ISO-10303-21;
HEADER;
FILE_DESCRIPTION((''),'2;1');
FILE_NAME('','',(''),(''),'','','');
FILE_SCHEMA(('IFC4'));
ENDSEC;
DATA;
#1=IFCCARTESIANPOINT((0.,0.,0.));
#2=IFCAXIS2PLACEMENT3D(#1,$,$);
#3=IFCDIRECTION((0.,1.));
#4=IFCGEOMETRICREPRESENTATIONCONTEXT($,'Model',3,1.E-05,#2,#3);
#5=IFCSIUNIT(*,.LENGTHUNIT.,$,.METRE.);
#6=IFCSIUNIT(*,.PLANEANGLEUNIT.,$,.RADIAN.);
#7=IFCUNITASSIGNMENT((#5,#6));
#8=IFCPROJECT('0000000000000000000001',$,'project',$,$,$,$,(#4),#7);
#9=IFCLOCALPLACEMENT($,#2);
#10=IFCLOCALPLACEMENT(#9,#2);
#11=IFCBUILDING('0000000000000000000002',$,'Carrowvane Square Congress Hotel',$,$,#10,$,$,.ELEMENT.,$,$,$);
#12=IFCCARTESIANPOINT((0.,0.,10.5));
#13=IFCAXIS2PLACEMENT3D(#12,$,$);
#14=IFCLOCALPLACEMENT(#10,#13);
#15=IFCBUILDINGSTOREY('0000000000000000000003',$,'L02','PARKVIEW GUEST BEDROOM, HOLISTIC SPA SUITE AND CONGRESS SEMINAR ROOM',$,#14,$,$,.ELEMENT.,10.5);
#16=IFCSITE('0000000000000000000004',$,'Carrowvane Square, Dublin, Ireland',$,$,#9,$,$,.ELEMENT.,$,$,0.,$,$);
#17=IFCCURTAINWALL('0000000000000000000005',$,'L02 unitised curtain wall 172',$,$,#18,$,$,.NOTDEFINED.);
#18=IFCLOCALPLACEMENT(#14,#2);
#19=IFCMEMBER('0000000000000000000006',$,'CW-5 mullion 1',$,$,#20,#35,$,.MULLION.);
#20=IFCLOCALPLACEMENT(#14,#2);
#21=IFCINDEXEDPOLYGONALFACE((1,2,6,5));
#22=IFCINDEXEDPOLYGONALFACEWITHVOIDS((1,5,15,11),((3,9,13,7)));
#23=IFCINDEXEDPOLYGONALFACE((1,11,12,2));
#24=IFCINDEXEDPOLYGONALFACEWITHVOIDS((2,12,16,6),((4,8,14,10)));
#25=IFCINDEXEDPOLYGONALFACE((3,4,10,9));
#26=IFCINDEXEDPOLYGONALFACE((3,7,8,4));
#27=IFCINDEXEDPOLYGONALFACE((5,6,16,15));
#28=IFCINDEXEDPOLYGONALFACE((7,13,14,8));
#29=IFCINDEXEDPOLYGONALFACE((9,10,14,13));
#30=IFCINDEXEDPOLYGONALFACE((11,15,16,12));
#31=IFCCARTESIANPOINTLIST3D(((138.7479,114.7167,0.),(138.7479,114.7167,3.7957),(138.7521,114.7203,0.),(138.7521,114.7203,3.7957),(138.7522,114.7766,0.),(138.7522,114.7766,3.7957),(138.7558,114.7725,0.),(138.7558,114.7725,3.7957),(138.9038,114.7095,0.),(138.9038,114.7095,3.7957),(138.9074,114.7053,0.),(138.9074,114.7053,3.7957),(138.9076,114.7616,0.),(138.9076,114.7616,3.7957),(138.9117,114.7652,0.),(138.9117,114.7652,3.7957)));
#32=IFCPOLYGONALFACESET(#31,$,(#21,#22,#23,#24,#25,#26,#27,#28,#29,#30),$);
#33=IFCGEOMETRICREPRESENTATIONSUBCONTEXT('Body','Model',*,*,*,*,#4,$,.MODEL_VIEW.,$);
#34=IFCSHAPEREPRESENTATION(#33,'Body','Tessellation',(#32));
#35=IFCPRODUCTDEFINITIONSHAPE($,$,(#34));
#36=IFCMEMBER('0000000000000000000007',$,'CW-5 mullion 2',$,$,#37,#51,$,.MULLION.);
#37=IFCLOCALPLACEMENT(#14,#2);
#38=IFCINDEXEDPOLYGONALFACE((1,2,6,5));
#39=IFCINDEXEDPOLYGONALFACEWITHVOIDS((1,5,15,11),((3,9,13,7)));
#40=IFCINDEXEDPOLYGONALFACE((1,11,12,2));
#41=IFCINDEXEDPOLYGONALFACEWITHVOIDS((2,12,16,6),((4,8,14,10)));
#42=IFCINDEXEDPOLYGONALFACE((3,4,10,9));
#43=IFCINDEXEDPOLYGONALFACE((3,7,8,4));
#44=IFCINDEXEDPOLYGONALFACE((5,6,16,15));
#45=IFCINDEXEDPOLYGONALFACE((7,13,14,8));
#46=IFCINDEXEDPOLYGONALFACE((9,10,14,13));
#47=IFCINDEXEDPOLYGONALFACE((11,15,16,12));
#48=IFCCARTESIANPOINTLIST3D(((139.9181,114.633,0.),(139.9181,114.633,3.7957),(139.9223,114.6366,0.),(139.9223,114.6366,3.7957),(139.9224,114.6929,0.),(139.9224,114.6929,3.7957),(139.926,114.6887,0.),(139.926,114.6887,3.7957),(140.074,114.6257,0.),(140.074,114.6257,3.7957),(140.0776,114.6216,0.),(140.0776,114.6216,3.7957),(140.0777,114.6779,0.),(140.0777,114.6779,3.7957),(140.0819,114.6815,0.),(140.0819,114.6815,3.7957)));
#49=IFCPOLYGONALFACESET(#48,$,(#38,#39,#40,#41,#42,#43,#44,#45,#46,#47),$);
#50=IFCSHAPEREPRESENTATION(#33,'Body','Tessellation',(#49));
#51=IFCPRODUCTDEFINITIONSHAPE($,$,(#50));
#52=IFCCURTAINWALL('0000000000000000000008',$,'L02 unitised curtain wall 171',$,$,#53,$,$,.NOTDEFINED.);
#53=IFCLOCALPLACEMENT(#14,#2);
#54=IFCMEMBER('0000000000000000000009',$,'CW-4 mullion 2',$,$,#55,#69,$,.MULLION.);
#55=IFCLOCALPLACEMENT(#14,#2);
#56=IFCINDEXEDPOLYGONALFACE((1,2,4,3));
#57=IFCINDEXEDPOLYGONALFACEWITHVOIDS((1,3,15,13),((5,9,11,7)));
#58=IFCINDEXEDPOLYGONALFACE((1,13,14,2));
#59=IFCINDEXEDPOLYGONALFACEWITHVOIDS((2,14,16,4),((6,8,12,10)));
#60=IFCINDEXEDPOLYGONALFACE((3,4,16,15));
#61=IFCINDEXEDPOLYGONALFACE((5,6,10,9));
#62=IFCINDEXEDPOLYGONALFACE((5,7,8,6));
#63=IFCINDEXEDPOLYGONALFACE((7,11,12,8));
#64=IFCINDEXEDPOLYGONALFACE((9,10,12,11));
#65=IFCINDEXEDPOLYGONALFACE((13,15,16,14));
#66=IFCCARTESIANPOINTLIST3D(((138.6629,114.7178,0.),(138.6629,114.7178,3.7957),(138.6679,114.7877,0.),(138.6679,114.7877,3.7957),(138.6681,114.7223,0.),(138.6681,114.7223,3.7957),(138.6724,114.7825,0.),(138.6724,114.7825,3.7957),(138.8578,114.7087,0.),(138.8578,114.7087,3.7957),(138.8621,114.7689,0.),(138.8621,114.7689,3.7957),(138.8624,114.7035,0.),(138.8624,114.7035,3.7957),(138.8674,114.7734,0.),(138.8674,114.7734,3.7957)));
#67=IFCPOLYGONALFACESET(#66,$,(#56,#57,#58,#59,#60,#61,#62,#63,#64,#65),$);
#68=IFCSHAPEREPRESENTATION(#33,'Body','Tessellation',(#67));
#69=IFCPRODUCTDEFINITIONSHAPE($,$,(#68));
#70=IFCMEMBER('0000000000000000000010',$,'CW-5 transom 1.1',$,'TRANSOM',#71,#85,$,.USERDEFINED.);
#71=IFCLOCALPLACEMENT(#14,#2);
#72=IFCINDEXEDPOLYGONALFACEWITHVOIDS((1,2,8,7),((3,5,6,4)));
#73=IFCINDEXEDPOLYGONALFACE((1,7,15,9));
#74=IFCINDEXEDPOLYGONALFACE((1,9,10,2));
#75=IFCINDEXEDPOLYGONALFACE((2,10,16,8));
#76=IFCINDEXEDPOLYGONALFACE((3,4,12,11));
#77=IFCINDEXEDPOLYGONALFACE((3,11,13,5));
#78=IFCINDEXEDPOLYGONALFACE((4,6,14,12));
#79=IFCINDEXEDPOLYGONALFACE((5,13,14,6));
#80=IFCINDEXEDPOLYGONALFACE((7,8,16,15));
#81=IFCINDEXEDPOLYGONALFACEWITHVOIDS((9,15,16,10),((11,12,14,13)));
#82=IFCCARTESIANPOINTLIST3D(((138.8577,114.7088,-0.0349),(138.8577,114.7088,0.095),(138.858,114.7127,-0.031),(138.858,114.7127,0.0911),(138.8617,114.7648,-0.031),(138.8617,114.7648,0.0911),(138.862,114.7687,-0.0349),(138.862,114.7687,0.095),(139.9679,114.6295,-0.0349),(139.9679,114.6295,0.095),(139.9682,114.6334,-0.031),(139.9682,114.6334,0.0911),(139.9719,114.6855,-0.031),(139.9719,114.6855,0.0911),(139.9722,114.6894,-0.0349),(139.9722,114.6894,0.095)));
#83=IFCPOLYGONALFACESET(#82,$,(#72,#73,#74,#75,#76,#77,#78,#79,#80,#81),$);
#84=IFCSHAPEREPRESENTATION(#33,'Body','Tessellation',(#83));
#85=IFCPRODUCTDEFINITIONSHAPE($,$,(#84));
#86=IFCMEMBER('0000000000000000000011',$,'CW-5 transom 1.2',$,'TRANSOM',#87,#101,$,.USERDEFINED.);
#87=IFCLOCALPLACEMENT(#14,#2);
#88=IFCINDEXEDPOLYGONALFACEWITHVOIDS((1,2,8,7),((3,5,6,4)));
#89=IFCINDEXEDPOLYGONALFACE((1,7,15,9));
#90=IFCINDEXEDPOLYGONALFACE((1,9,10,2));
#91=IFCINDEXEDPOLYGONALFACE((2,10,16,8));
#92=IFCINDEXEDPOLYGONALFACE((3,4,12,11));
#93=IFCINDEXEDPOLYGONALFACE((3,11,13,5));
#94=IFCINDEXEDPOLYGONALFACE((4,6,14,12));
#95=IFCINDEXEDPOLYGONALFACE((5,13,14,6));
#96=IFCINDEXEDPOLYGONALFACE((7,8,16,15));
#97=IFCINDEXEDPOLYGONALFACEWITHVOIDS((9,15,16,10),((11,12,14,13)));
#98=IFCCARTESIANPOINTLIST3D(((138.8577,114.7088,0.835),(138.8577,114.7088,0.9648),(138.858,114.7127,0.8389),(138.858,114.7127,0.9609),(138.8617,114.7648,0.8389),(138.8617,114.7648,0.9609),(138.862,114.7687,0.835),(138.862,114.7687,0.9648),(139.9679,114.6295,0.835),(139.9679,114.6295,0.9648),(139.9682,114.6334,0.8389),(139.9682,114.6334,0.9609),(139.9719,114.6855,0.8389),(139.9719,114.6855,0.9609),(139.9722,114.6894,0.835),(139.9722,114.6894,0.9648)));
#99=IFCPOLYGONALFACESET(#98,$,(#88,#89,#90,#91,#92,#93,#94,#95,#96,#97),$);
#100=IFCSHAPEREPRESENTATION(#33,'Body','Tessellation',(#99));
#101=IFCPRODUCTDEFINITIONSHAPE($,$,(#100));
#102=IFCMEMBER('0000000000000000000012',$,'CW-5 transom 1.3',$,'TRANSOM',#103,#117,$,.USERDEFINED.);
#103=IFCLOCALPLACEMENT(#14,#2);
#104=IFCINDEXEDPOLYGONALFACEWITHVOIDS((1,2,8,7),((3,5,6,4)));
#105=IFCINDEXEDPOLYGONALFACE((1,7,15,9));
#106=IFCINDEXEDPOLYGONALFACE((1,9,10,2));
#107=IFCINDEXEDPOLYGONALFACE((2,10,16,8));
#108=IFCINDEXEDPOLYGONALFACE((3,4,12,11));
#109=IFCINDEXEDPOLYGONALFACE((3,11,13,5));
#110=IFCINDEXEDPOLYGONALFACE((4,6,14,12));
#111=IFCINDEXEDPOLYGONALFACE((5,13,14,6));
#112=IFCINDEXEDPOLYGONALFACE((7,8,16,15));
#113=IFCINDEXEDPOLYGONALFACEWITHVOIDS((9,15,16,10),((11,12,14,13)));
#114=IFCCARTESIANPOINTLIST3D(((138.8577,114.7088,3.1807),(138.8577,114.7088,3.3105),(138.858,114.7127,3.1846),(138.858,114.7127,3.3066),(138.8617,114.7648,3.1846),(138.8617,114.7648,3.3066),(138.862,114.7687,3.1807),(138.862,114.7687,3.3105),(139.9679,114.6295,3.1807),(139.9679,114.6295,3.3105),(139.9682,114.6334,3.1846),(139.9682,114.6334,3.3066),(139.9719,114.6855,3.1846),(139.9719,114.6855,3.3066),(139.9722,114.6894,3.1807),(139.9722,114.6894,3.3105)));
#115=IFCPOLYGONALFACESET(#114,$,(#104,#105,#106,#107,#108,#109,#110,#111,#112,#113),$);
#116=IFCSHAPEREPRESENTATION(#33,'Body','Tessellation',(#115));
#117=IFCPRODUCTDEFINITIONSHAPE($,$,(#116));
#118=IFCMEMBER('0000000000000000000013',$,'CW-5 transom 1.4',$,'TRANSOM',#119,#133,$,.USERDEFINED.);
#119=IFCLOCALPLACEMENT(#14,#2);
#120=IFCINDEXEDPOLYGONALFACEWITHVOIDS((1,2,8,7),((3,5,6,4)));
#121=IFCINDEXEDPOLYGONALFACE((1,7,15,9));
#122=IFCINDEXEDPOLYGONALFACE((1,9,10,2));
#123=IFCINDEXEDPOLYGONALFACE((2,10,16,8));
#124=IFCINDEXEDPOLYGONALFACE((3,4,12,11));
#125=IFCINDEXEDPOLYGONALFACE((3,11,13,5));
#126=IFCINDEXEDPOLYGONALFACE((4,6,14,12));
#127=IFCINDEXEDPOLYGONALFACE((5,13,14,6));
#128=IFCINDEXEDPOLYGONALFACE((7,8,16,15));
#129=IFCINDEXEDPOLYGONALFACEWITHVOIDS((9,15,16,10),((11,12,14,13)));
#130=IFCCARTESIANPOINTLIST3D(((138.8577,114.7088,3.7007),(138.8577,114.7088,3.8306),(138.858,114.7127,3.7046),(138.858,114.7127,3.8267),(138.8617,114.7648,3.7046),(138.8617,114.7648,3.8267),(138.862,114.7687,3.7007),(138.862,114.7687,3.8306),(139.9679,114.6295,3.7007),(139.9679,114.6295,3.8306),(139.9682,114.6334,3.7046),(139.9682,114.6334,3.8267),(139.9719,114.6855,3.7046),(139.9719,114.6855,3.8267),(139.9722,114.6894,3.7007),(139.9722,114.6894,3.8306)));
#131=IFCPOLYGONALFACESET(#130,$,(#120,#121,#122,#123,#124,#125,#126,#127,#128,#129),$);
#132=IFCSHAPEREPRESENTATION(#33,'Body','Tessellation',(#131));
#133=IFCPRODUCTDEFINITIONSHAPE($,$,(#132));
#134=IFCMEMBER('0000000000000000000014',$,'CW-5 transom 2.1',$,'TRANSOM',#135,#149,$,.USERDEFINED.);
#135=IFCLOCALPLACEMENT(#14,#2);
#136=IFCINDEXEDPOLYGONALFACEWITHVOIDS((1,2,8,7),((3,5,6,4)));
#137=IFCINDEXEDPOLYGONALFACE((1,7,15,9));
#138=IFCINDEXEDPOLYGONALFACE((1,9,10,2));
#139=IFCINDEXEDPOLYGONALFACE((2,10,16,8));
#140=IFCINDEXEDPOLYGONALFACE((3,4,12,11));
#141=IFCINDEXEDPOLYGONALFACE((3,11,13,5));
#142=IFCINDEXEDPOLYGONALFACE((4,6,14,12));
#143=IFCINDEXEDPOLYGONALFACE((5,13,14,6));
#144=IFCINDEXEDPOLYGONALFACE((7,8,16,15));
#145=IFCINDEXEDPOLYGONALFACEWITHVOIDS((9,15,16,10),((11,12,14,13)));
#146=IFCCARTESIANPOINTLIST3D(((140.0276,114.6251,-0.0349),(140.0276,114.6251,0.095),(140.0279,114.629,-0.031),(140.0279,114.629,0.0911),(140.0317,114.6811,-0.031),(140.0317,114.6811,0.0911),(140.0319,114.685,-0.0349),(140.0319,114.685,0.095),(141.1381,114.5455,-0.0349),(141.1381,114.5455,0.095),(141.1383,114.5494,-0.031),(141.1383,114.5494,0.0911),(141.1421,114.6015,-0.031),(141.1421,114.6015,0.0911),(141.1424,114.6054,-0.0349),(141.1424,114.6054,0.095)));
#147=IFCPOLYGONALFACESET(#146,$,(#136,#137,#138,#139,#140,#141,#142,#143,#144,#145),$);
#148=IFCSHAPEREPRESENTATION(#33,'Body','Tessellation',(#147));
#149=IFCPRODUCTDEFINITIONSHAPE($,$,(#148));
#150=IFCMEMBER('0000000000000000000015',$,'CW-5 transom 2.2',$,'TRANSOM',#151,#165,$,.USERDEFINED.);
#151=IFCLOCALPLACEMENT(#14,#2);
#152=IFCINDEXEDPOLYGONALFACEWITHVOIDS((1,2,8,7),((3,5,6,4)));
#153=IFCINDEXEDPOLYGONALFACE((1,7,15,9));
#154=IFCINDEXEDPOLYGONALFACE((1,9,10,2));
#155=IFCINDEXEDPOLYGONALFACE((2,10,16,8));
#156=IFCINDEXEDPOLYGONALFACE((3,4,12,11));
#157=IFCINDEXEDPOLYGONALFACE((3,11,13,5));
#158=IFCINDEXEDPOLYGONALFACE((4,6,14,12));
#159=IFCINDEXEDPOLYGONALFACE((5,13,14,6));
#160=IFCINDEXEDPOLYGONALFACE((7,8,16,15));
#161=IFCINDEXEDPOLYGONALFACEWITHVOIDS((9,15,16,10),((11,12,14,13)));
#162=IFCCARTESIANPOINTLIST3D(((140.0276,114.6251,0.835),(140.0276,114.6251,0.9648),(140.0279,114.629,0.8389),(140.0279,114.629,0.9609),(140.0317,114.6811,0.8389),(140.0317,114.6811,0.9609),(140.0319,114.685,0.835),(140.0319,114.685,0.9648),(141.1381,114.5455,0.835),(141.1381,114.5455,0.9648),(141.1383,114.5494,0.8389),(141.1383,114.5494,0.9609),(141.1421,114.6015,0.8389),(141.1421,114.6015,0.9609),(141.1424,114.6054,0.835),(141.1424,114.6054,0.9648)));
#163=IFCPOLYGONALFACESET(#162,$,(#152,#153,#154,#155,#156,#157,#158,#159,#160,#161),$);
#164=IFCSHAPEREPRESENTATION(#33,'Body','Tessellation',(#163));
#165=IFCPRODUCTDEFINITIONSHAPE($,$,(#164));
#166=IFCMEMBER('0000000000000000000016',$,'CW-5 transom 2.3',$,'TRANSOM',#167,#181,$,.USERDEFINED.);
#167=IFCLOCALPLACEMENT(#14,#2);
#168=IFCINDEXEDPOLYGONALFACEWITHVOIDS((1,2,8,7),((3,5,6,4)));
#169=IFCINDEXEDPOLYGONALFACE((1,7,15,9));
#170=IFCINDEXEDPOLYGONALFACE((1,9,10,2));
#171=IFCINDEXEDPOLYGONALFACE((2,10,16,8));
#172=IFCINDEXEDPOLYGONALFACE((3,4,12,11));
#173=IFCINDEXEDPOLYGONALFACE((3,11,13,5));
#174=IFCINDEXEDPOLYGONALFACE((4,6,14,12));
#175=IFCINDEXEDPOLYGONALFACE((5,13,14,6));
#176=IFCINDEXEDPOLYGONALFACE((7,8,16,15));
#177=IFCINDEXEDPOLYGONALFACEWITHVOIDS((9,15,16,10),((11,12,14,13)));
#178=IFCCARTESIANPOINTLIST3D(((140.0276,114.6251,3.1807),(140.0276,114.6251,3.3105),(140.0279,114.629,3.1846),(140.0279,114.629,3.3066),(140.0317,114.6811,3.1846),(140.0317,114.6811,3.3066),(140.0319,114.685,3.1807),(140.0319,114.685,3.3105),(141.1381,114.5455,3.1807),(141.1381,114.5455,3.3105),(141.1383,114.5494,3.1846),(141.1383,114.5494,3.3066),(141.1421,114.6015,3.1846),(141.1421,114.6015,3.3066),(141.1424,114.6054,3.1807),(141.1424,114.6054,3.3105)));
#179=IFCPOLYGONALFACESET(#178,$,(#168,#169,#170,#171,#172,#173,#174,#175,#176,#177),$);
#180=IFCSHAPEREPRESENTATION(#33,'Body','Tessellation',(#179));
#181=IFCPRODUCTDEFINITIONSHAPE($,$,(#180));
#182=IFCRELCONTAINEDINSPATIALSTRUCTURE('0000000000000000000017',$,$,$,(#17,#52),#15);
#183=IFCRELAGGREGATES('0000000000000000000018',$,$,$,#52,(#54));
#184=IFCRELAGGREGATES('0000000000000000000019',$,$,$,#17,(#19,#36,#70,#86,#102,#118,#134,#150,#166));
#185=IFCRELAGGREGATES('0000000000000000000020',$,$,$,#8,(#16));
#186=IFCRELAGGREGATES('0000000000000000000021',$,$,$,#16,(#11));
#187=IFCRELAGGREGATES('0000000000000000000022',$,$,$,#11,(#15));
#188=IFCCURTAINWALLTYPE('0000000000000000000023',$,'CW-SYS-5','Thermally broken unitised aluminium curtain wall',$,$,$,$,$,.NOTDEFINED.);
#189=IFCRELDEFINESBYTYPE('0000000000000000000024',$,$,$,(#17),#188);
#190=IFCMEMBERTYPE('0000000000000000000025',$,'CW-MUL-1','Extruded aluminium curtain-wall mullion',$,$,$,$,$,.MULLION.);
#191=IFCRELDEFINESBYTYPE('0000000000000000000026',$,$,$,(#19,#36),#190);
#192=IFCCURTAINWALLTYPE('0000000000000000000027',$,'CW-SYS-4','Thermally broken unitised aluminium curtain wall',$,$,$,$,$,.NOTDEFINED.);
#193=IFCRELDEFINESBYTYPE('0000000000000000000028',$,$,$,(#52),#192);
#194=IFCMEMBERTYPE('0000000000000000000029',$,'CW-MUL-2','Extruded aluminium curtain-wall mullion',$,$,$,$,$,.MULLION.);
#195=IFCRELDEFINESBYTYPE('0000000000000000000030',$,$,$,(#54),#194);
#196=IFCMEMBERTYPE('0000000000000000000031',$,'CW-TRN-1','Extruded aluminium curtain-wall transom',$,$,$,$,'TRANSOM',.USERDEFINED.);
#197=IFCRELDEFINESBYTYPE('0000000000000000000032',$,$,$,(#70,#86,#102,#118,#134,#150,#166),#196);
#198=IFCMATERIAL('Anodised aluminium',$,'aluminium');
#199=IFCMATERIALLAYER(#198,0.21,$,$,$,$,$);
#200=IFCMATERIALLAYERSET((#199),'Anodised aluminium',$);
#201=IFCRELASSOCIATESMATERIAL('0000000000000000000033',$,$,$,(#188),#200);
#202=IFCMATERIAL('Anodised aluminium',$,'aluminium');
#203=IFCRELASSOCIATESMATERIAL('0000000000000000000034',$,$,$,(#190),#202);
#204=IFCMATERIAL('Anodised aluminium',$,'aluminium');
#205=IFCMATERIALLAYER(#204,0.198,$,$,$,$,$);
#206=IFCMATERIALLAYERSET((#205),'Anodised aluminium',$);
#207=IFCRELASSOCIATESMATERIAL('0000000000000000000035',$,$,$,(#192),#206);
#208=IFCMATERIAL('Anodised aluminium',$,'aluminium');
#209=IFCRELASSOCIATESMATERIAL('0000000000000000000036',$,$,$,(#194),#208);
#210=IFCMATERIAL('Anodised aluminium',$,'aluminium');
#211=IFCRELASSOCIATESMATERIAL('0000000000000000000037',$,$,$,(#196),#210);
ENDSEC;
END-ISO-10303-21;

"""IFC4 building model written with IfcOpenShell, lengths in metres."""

from ifc_helpers import new_model, si_unit, direction, frame, origin, origin_2d, place, context, subcontext, project, spatial, hollow_rectangle, extrude, material, layer, layer_set, material_profile, profile_set, type_object, element, aggregate, save


model = new_model("IFC4")

# Units and contexts
model_context = context("Model", 3, precision=1e-05, world=origin(), true_north=direction((0.0, 1.0)))
body_context = subcontext(model_context, "Body", "Model", "MODEL_VIEW")
ifc_project = project(units=[si_unit("LENGTHUNIT", "METRE"), si_unit("PLANEANGLEUNIT", "RADIAN")], contexts=[model_context])

# Site, building, storey
site_placement = place(None, origin())
site = spatial("IfcSite", under=ifc_project, at=site_placement, Name="Carrowvane Square, Dublin, Ireland", CompositionType="ELEMENT", RefElevation=0.0)
building_placement = place(site_placement, origin())
building = spatial("IfcBuilding", under=site, at=building_placement, Name="Carrowvane Square Congress Hotel", CompositionType="ELEMENT")
storey_placement = place(building_placement, frame((0.0, 0.0, 10.5)))
storey = spatial("IfcBuildingStorey", under=building, at=storey_placement, Name="L02", Description="PARKVIEW GUEST BEDROOM, HOLISTIC SPA SUITE AND CONGRESS SEMINAR ROOM", CompositionType="ELEMENT", Elevation=10.5)

# Curtain wall, members
ifc_material_1 = material(Name="Anodised aluminium", Category="aluminium")
ifc_layer_1 = layer(ifc_material_1, 0.21)
ifc_layer_set_1 = layer_set([ifc_layer_1], Name="Anodised aluminium")
curtain_wall_type_1 = type_object("IfcCurtainWallType", Name="CW-SYS-5", Description="Thermally broken unitised aluminium curtain wall", PredefinedType="NOTDEFINED", material=ifc_layer_set_1)
curtain_wall_1_placement = place(storey_placement, origin())
curtain_wall_1 = element("IfcCurtainWall", 1, at=curtain_wall_1_placement, inside=storey, type_object=curtain_wall_type_1, Name="L02 unitised curtain wall 172", PredefinedType="NOTDEFINED")
ifc_material_2 = material(Name="Anodised aluminium", Category="aluminium")
ifc_material_profile_1 = material_profile(ifc_material_2, hollow_rectangle(XDim=0.0601, YDim=0.1599, WallThickness=0.0039, at=origin_2d()), Name="CW-ML 60x160x4")
ifc_profile_set_1 = profile_set([ifc_material_profile_1], Name="Anodised aluminium")
member_type_1 = type_object("IfcMemberType", Name="CW-MUL-1", Description="Extruded aluminium curtain-wall mullion", PredefinedType="MULLION", material=ifc_profile_set_1)
member_1_placement = place(storey_placement, frame((138.8298, 114.741, 0.0), z_axis=(0.0, 0.0, 1.0), x_axis=(0.071422, 0.997446, 0.0)))
member_1 = element("IfcMember", 2, at=member_1_placement, type_object=member_type_1, Name="CW-5 mullion 1", PredefinedType="MULLION", context=body_context, shape_type="SweptSolid", body=[
    extrude(hollow_rectangle(XDim=0.0601, YDim=0.1599, WallThickness=0.0039, at=origin_2d()), origin(), (0.0, 0.0, 1.0), 3.7957),
])
member_2_placement = place(storey_placement, frame((140.0, 114.6572, 0.0), z_axis=(0.0, 0.0, 1.0), x_axis=(0.071422, 0.997446, 0.0)))
member_2 = element("IfcMember", 3, at=member_2_placement, type_object=member_type_1, Name="CW-5 mullion 2", PredefinedType="MULLION", context=body_context, shape_type="SweptSolid", body=[
    extrude(hollow_rectangle(XDim=0.0601, YDim=0.1599, WallThickness=0.0039, at=origin_2d()), origin(), (0.0, 0.0, 1.0), 3.7957),
])

# Curtain wall, member
ifc_material_3 = material(Name="Anodised aluminium", Category="aluminium")
ifc_layer_2 = layer(ifc_material_3, 0.198)
ifc_layer_set_2 = layer_set([ifc_layer_2], Name="Anodised aluminium")
curtain_wall_type_2 = type_object("IfcCurtainWallType", Name="CW-SYS-4", Description="Thermally broken unitised aluminium curtain wall", PredefinedType="NOTDEFINED", material=ifc_layer_set_2)
curtain_wall_2_placement = place(storey_placement, origin())
curtain_wall_2 = element("IfcCurtainWall", 4, at=curtain_wall_2_placement, inside=storey, type_object=curtain_wall_type_2, Name="L02 unitised curtain wall 171", PredefinedType="NOTDEFINED")
ifc_material_4 = material(Name="Anodised aluminium", Category="aluminium")
ifc_material_profile_2 = material_profile(ifc_material_4, hollow_rectangle(XDim=0.0701, YDim=0.2, WallThickness=0.0049, at=origin_2d()), Name="CW-ML 70x200x5")
ifc_profile_set_2 = profile_set([ifc_material_profile_2], Name="Anodised aluminium")
member_type_2 = type_object("IfcMemberType", Name="CW-MUL-2", Description="Extruded aluminium curtain-wall mullion", PredefinedType="MULLION", material=ifc_profile_set_2)
member_3_placement = place(storey_placement, frame((138.7651, 114.7456, 0.0), z_axis=(0.0, 0.0, 1.0), x_axis=(0.071532, 0.997438, 0.0)))
member_3 = element("IfcMember", 5, at=member_3_placement, type_object=member_type_2, Name="CW-4 mullion 2", PredefinedType="MULLION", context=body_context, shape_type="SweptSolid", body=[
    extrude(hollow_rectangle(XDim=0.0701, YDim=0.2, WallThickness=0.0049, at=origin_2d()), origin(), (0.0, 0.0, 1.0), 3.7957),
])

# Members
ifc_material_5 = material(Name="Anodised aluminium", Category="aluminium")
ifc_material_profile_3 = material_profile(ifc_material_5, hollow_rectangle(XDim=0.0601, YDim=0.1299, WallThickness=0.0039, at=origin_2d()), Name="CW-TR 60x130x4")
ifc_profile_set_3 = profile_set([ifc_material_profile_3], Name="Anodised aluminium")
member_type_3 = type_object("IfcMemberType", Name="CW-TRN-1", Description="Extruded aluminium curtain-wall transom", ElementType="TRANSOM", PredefinedType="USERDEFINED", material=ifc_profile_set_3)
member_4_placement = place(storey_placement, frame((138.8599, 114.7388, 0.03), z_axis=(0.997455, -0.071294, 0.0), x_axis=(0.071294, 0.997455, 0.0)))
member_4 = element("IfcMember", 6, at=member_4_placement, type_object=member_type_3, Name="CW-5 transom 1.1", ObjectType="TRANSOM", PredefinedType="USERDEFINED", context=body_context, shape_type="SweptSolid", body=[
    extrude(hollow_rectangle(XDim=0.0601, YDim=0.1299, WallThickness=0.0039, at=origin_2d()), origin(), (0.0, 0.0, 1.0), 1.113),
])
member_5_placement = place(storey_placement, frame((138.8599, 114.7388, 0.8999), z_axis=(0.997455, -0.071294, 0.0), x_axis=(0.071294, 0.997455, 0.0)))
member_5 = element("IfcMember", 7, at=member_5_placement, type_object=member_type_3, Name="CW-5 transom 1.2", ObjectType="TRANSOM", PredefinedType="USERDEFINED", context=body_context, shape_type="SweptSolid", body=[
    extrude(hollow_rectangle(XDim=0.0601, YDim=0.1299, WallThickness=0.0039, at=origin_2d()), origin(), (0.0, 0.0, 1.0), 1.113),
])
member_6_placement = place(storey_placement, frame((138.8599, 114.7388, 3.2456), z_axis=(0.997455, -0.071294, 0.0), x_axis=(0.071294, 0.997455, 0.0)))
member_6 = element("IfcMember", 8, at=member_6_placement, type_object=member_type_3, Name="CW-5 transom 1.3", ObjectType="TRANSOM", PredefinedType="USERDEFINED", context=body_context, shape_type="SweptSolid", body=[
    extrude(hollow_rectangle(XDim=0.0601, YDim=0.1299, WallThickness=0.0039, at=origin_2d()), origin(), (0.0, 0.0, 1.0), 1.113),
])
member_7_placement = place(storey_placement, frame((138.8599, 114.7388, 3.7656), z_axis=(0.997455, -0.071294, 0.0), x_axis=(0.071294, 0.997455, 0.0)))
member_7 = element("IfcMember", 9, at=member_7_placement, type_object=member_type_3, Name="CW-5 transom 1.4", ObjectType="TRANSOM", PredefinedType="USERDEFINED", context=body_context, shape_type="SweptSolid", body=[
    extrude(hollow_rectangle(XDim=0.0601, YDim=0.1299, WallThickness=0.0039, at=origin_2d()), origin(), (0.0, 0.0, 1.0), 1.113),
])
member_8_placement = place(storey_placement, frame((140.0298, 114.655, 0.03), z_axis=(0.997441, -0.071496, 0.0), x_axis=(0.071496, 0.997441, 0.0)))
member_8 = element("IfcMember", 10, at=member_8_placement, type_object=member_type_3, Name="CW-5 transom 2.1", ObjectType="TRANSOM", PredefinedType="USERDEFINED", context=body_context, shape_type="SweptSolid", body=[
    extrude(hollow_rectangle(XDim=0.0601, YDim=0.1299, WallThickness=0.0039, at=origin_2d()), origin(), (0.0, 0.0, 1.0), 1.1133),
])
member_9_placement = place(storey_placement, frame((140.0298, 114.655, 0.8999), z_axis=(0.997441, -0.071496, 0.0), x_axis=(0.071496, 0.997441, 0.0)))
member_9 = element("IfcMember", 11, at=member_9_placement, type_object=member_type_3, Name="CW-5 transom 2.2", ObjectType="TRANSOM", PredefinedType="USERDEFINED", context=body_context, shape_type="SweptSolid", body=[
    extrude(hollow_rectangle(XDim=0.0601, YDim=0.1299, WallThickness=0.0039, at=origin_2d()), origin(), (0.0, 0.0, 1.0), 1.1133),
])
member_10_placement = place(storey_placement, frame((140.0298, 114.655, 3.2456), z_axis=(0.997441, -0.071496, 0.0), x_axis=(0.071496, 0.997441, 0.0)))
member_10 = element("IfcMember", 12, at=member_10_placement, type_object=member_type_3, Name="CW-5 transom 2.3", ObjectType="TRANSOM", PredefinedType="USERDEFINED", context=body_context, shape_type="SweptSolid", body=[
    extrude(hollow_rectangle(XDim=0.0601, YDim=0.1299, WallThickness=0.0039, at=origin_2d()), origin(), (0.0, 0.0, 1.0), 1.1133),
])

aggregate(curtain_wall_2, [member_3])
aggregate(curtain_wall_1, [member_1, member_2, member_4, member_5, member_6, member_7, member_8, member_9, member_10])

save(model, "model.ifc")
